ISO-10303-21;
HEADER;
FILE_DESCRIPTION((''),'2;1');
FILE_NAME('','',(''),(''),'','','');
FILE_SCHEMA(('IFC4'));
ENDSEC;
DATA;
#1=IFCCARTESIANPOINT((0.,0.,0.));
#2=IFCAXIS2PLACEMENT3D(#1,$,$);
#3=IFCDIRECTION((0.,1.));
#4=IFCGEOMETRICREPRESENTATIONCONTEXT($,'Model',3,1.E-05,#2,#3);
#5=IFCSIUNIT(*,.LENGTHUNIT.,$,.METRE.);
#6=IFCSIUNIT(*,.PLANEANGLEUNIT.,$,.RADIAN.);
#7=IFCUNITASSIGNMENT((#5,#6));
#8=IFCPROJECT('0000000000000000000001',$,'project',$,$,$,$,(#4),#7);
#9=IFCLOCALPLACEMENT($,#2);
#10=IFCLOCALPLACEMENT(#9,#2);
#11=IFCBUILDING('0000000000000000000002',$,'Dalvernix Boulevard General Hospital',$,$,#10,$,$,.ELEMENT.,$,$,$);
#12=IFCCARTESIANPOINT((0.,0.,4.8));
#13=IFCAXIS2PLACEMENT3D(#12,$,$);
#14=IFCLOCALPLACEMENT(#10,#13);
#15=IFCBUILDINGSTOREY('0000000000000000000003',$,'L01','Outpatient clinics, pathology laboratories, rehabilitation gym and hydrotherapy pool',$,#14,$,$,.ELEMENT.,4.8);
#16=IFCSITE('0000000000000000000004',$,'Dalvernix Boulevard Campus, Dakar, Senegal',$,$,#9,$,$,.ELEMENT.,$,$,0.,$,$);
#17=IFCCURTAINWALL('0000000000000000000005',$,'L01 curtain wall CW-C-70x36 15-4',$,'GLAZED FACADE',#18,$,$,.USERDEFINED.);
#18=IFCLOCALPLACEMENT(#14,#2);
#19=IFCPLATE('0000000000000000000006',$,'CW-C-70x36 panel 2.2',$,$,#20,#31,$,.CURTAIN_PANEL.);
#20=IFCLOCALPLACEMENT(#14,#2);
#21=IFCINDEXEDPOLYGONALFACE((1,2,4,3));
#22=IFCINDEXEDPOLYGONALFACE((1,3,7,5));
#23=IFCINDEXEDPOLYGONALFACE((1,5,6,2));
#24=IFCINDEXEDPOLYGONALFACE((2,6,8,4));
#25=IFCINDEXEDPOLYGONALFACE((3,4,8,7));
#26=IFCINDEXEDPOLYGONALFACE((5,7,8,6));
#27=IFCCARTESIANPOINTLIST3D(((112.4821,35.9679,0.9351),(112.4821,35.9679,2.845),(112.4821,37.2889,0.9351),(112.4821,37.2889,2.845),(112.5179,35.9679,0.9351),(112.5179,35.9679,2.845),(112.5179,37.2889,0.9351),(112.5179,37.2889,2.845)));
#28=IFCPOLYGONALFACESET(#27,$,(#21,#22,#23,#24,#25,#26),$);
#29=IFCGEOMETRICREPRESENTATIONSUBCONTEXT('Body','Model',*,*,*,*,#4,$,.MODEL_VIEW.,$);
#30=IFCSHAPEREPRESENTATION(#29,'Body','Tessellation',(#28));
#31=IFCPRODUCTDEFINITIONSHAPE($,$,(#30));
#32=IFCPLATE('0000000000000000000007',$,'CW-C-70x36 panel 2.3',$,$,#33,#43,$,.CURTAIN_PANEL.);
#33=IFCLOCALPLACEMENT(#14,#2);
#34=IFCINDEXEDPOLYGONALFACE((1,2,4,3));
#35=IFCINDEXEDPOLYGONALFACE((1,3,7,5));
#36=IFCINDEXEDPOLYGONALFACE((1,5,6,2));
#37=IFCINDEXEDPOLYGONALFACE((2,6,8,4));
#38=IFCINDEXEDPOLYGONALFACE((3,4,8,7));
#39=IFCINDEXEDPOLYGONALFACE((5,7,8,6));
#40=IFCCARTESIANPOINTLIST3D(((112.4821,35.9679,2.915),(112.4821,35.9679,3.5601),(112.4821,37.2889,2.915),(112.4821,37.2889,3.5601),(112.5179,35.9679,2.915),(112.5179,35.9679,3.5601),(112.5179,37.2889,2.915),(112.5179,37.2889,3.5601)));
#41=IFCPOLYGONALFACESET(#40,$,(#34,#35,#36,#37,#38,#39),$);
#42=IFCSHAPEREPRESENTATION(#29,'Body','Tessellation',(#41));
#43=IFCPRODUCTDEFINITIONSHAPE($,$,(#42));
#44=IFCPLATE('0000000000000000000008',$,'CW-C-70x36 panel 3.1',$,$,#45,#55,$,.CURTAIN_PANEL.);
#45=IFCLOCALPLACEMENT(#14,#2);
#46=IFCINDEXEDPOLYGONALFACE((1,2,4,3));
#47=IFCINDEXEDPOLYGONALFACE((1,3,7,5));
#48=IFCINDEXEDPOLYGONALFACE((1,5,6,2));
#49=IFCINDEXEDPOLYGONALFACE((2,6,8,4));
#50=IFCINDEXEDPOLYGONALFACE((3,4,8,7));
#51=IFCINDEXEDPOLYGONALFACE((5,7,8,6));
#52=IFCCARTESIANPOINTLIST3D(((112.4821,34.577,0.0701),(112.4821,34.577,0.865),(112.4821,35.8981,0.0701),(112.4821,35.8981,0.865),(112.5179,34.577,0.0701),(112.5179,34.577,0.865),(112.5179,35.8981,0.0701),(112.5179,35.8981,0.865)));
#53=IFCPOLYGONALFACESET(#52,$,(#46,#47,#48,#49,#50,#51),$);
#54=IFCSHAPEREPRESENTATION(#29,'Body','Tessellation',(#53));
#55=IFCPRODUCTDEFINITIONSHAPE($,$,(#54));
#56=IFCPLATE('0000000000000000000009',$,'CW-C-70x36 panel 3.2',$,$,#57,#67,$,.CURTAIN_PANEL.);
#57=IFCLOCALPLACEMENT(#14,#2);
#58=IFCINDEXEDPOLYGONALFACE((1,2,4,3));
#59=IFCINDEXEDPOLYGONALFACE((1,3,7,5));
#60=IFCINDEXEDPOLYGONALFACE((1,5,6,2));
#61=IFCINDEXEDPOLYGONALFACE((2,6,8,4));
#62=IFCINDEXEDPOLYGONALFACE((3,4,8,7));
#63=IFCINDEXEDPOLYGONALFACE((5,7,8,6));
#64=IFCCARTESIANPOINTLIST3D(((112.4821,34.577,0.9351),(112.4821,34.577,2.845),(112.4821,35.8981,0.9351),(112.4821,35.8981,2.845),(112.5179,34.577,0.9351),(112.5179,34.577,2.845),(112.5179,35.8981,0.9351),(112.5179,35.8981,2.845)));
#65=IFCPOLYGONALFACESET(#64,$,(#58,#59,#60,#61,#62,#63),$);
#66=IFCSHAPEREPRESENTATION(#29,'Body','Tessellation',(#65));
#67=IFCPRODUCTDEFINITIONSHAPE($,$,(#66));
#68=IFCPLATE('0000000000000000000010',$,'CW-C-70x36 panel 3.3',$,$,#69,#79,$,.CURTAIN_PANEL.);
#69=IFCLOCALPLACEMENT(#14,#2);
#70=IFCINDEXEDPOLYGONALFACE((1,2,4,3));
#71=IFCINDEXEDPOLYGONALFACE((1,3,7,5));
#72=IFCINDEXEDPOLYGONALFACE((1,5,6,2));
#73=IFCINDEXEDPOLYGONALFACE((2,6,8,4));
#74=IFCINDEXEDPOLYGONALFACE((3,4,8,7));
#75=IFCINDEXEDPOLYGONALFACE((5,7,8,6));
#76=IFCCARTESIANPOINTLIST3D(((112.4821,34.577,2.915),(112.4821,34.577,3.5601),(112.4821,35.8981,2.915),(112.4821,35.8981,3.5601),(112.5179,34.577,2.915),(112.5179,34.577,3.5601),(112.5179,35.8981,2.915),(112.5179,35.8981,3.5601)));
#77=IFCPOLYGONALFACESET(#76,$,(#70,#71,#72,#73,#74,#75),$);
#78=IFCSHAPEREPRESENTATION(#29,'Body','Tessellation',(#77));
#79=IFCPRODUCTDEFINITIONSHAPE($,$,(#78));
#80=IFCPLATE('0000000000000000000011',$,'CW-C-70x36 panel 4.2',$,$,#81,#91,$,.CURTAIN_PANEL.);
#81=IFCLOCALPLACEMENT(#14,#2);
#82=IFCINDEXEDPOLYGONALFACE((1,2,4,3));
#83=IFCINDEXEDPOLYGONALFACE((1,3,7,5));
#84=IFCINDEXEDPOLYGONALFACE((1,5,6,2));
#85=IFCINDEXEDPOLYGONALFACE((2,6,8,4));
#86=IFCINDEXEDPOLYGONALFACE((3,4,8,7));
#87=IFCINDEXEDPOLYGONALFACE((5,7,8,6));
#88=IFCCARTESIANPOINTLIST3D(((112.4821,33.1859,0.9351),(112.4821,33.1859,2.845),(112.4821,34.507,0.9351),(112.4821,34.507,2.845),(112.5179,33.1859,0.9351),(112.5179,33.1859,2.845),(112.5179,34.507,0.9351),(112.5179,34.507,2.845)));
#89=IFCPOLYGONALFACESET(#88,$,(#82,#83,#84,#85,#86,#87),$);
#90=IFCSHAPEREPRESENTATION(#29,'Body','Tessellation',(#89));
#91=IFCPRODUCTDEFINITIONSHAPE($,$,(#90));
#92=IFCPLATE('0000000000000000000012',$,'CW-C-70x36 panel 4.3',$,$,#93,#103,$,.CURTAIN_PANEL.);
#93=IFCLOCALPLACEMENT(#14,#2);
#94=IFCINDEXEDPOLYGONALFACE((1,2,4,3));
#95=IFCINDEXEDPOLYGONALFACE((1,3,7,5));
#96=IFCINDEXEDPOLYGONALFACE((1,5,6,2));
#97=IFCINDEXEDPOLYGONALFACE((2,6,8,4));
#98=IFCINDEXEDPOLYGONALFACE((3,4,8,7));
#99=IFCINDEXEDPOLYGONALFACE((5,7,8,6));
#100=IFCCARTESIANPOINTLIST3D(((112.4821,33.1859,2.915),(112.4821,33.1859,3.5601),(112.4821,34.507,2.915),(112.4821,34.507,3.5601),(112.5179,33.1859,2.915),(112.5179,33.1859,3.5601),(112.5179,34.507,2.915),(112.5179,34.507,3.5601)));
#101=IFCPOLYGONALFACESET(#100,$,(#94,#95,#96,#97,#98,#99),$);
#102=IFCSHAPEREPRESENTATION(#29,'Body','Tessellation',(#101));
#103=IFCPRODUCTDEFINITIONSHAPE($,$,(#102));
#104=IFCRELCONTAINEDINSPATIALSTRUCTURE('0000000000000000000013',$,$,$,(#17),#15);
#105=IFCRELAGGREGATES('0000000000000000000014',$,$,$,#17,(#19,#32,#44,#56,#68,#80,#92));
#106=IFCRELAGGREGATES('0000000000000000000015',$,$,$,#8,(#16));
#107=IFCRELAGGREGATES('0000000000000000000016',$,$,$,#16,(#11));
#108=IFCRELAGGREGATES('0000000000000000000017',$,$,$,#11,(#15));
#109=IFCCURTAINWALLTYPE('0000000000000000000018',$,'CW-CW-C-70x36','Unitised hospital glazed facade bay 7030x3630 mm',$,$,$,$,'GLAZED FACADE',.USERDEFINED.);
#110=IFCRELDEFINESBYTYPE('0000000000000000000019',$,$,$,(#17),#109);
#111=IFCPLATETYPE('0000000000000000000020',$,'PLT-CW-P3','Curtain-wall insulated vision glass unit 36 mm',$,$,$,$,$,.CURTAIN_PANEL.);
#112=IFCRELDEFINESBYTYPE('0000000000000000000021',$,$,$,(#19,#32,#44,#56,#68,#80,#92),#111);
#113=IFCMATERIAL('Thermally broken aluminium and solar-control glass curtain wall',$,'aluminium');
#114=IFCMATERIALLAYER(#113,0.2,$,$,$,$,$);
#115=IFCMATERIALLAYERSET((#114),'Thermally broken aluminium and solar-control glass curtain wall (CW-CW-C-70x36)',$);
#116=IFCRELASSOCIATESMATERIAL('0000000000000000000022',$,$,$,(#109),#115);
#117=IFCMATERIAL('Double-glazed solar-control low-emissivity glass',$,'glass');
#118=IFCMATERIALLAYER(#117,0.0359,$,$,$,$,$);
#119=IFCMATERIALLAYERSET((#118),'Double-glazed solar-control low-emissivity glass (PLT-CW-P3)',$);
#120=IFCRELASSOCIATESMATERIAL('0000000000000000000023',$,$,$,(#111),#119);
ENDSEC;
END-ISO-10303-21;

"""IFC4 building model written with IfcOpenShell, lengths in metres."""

from ifc_helpers import new_model, si_unit, direction, frame, origin, origin_2d, place, context, subcontext, project, spatial, rectangle, extrude, material, layer, layer_set, type_object, element, aggregate, save


model = new_model("IFC4")

# Units and contexts
model_context = context("Model", 3, precision=1e-05, world=origin(), true_north=direction((0.0, 1.0)))
body_context = subcontext(model_context, "Body", "Model", "MODEL_VIEW")
ifc_project = project(units=[si_unit("LENGTHUNIT", "METRE"), si_unit("PLANEANGLEUNIT", "RADIAN")], contexts=[model_context])

# Site, building, storey
site_placement = place(None, origin())
site = spatial("IfcSite", under=ifc_project, at=site_placement, Name="Dalvernix Boulevard Campus, Dakar, Senegal", CompositionType="ELEMENT", RefElevation=0.0)
building_placement = place(site_placement, origin())
building = spatial("IfcBuilding", under=site, at=building_placement, Name="Dalvernix Boulevard General Hospital", CompositionType="ELEMENT")
storey_placement = place(building_placement, frame((0.0, 0.0, 4.8)))
storey = spatial("IfcBuildingStorey", under=building, at=storey_placement, Name="L01", Description="Outpatient clinics, pathology laboratories, rehabilitation gym and hydrotherapy pool", CompositionType="ELEMENT", Elevation=4.8)

# Curtain wall, plates
ifc_material_1 = material(Name="Thermally broken aluminium and solar-control glass curtain wall", Category="aluminium")
ifc_layer_1 = layer(ifc_material_1, 0.2)
ifc_layer_set_1 = layer_set([ifc_layer_1], Name="Thermally broken aluminium and solar-control glass curtain wall (CW-CW-C-70x36)")
curtain_wall_type = type_object("IfcCurtainWallType", Name="CW-CW-C-70x36", Description="Unitised hospital glazed facade bay 7030x3630 mm", ElementType="GLAZED FACADE", PredefinedType="USERDEFINED", material=ifc_layer_set_1)
curtain_wall_placement = place(storey_placement, origin())
curtain_wall = element("IfcCurtainWall", 1, at=curtain_wall_placement, inside=storey, type_object=curtain_wall_type, Name="L01 curtain wall CW-C-70x36 15-4", ObjectType="GLAZED FACADE", PredefinedType="USERDEFINED")
ifc_material_2 = material(Name="Double-glazed solar-control low-emissivity glass", Category="glass")
ifc_layer_2 = layer(ifc_material_2, 0.0359)
ifc_layer_set_2 = layer_set([ifc_layer_2], Name="Double-glazed solar-control low-emissivity glass (PLT-CW-P3)")
plate_type = type_object("IfcPlateType", Name="PLT-CW-P3", Description="Curtain-wall insulated vision glass unit 36 mm", PredefinedType="CURTAIN_PANEL", material=ifc_layer_set_2)
plate_1_placement = place(storey_placement, frame((112.5, 36.6284, 0.9351), z_axis=(0.0, 0.0, 1.0), x_axis=(0.0, -1.0, 0.0)))
plate_1 = element("IfcPlate", 2, at=plate_1_placement, type_object=plate_type, Name="CW-C-70x36 panel 2.2", PredefinedType="CURTAIN_PANEL", context=body_context, shape_type="SweptSolid", body=[
    extrude(rectangle(XDim=1.321, YDim=0.0359, at=origin_2d()), origin(), (0.0, 0.0, 1.0), 1.9099),
])
plate_2_placement = place(storey_placement, frame((112.5, 36.6284, 2.915), z_axis=(0.0, 0.0, 1.0), x_axis=(0.0, -1.0, 0.0)))
plate_2 = element("IfcPlate", 3, at=plate_2_placement, type_object=plate_type, Name="CW-C-70x36 panel 2.3", PredefinedType="CURTAIN_PANEL", context=body_context, shape_type="SweptSolid", body=[
    extrude(rectangle(XDim=1.321, YDim=0.0359, at=origin_2d()), origin(), (0.0, 0.0, 1.0), 0.645),
])
plate_3_placement = place(storey_placement, frame((112.5, 35.2375, 0.0701), z_axis=(0.0, 0.0, 1.0), x_axis=(0.0, -1.0, 0.0)))
plate_3 = element("IfcPlate", 4, at=plate_3_placement, type_object=plate_type, Name="CW-C-70x36 panel 3.1", PredefinedType="CURTAIN_PANEL", context=body_context, shape_type="SweptSolid", body=[
    extrude(rectangle(XDim=1.321, YDim=0.0359, at=origin_2d()), origin(), (0.0, 0.0, 1.0), 0.7949),
])
plate_4_placement = place(storey_placement, frame((112.5, 35.2375, 0.9351), z_axis=(0.0, 0.0, 1.0), x_axis=(0.0, -1.0, 0.0)))
plate_4 = element("IfcPlate", 5, at=plate_4_placement, type_object=plate_type, Name="CW-C-70x36 panel 3.2", PredefinedType="CURTAIN_PANEL", context=body_context, shape_type="SweptSolid", body=[
    extrude(rectangle(XDim=1.321, YDim=0.0359, at=origin_2d()), origin(), (0.0, 0.0, 1.0), 1.9099),
])
plate_5_placement = place(storey_placement, frame((112.5, 35.2375, 2.915), z_axis=(0.0, 0.0, 1.0), x_axis=(0.0, -1.0, 0.0)))
plate_5 = element("IfcPlate", 6, at=plate_5_placement, type_object=plate_type, Name="CW-C-70x36 panel 3.3", PredefinedType="CURTAIN_PANEL", context=body_context, shape_type="SweptSolid", body=[
    extrude(rectangle(XDim=1.321, YDim=0.0359, at=origin_2d()), origin(), (0.0, 0.0, 1.0), 0.645),
])
plate_6_placement = place(storey_placement, frame((112.5, 33.8464, 0.9351), z_axis=(0.0, 0.0, 1.0), x_axis=(0.0, -1.0, 0.0)))
plate_6 = element("IfcPlate", 7, at=plate_6_placement, type_object=plate_type, Name="CW-C-70x36 panel 4.2", PredefinedType="CURTAIN_PANEL", context=body_context, shape_type="SweptSolid", body=[
    extrude(rectangle(XDim=1.321, YDim=0.0359, at=origin_2d()), origin(), (0.0, 0.0, 1.0), 1.9099),
])
plate_7_placement = place(storey_placement, frame((112.5, 33.8464, 2.915), z_axis=(0.0, 0.0, 1.0), x_axis=(0.0, -1.0, 0.0)))
plate_7 = element("IfcPlate", 8, at=plate_7_placement, type_object=plate_type, Name="CW-C-70x36 panel 4.3", PredefinedType="CURTAIN_PANEL", context=body_context, shape_type="SweptSolid", body=[
    extrude(rectangle(XDim=1.321, YDim=0.0359, at=origin_2d()), origin(), (0.0, 0.0, 1.0), 0.645),
])
aggregate(curtain_wall, [plate_1, plate_2, plate_3, plate_4, plate_5, plate_6, plate_7])

save(model, "model.ifc")
